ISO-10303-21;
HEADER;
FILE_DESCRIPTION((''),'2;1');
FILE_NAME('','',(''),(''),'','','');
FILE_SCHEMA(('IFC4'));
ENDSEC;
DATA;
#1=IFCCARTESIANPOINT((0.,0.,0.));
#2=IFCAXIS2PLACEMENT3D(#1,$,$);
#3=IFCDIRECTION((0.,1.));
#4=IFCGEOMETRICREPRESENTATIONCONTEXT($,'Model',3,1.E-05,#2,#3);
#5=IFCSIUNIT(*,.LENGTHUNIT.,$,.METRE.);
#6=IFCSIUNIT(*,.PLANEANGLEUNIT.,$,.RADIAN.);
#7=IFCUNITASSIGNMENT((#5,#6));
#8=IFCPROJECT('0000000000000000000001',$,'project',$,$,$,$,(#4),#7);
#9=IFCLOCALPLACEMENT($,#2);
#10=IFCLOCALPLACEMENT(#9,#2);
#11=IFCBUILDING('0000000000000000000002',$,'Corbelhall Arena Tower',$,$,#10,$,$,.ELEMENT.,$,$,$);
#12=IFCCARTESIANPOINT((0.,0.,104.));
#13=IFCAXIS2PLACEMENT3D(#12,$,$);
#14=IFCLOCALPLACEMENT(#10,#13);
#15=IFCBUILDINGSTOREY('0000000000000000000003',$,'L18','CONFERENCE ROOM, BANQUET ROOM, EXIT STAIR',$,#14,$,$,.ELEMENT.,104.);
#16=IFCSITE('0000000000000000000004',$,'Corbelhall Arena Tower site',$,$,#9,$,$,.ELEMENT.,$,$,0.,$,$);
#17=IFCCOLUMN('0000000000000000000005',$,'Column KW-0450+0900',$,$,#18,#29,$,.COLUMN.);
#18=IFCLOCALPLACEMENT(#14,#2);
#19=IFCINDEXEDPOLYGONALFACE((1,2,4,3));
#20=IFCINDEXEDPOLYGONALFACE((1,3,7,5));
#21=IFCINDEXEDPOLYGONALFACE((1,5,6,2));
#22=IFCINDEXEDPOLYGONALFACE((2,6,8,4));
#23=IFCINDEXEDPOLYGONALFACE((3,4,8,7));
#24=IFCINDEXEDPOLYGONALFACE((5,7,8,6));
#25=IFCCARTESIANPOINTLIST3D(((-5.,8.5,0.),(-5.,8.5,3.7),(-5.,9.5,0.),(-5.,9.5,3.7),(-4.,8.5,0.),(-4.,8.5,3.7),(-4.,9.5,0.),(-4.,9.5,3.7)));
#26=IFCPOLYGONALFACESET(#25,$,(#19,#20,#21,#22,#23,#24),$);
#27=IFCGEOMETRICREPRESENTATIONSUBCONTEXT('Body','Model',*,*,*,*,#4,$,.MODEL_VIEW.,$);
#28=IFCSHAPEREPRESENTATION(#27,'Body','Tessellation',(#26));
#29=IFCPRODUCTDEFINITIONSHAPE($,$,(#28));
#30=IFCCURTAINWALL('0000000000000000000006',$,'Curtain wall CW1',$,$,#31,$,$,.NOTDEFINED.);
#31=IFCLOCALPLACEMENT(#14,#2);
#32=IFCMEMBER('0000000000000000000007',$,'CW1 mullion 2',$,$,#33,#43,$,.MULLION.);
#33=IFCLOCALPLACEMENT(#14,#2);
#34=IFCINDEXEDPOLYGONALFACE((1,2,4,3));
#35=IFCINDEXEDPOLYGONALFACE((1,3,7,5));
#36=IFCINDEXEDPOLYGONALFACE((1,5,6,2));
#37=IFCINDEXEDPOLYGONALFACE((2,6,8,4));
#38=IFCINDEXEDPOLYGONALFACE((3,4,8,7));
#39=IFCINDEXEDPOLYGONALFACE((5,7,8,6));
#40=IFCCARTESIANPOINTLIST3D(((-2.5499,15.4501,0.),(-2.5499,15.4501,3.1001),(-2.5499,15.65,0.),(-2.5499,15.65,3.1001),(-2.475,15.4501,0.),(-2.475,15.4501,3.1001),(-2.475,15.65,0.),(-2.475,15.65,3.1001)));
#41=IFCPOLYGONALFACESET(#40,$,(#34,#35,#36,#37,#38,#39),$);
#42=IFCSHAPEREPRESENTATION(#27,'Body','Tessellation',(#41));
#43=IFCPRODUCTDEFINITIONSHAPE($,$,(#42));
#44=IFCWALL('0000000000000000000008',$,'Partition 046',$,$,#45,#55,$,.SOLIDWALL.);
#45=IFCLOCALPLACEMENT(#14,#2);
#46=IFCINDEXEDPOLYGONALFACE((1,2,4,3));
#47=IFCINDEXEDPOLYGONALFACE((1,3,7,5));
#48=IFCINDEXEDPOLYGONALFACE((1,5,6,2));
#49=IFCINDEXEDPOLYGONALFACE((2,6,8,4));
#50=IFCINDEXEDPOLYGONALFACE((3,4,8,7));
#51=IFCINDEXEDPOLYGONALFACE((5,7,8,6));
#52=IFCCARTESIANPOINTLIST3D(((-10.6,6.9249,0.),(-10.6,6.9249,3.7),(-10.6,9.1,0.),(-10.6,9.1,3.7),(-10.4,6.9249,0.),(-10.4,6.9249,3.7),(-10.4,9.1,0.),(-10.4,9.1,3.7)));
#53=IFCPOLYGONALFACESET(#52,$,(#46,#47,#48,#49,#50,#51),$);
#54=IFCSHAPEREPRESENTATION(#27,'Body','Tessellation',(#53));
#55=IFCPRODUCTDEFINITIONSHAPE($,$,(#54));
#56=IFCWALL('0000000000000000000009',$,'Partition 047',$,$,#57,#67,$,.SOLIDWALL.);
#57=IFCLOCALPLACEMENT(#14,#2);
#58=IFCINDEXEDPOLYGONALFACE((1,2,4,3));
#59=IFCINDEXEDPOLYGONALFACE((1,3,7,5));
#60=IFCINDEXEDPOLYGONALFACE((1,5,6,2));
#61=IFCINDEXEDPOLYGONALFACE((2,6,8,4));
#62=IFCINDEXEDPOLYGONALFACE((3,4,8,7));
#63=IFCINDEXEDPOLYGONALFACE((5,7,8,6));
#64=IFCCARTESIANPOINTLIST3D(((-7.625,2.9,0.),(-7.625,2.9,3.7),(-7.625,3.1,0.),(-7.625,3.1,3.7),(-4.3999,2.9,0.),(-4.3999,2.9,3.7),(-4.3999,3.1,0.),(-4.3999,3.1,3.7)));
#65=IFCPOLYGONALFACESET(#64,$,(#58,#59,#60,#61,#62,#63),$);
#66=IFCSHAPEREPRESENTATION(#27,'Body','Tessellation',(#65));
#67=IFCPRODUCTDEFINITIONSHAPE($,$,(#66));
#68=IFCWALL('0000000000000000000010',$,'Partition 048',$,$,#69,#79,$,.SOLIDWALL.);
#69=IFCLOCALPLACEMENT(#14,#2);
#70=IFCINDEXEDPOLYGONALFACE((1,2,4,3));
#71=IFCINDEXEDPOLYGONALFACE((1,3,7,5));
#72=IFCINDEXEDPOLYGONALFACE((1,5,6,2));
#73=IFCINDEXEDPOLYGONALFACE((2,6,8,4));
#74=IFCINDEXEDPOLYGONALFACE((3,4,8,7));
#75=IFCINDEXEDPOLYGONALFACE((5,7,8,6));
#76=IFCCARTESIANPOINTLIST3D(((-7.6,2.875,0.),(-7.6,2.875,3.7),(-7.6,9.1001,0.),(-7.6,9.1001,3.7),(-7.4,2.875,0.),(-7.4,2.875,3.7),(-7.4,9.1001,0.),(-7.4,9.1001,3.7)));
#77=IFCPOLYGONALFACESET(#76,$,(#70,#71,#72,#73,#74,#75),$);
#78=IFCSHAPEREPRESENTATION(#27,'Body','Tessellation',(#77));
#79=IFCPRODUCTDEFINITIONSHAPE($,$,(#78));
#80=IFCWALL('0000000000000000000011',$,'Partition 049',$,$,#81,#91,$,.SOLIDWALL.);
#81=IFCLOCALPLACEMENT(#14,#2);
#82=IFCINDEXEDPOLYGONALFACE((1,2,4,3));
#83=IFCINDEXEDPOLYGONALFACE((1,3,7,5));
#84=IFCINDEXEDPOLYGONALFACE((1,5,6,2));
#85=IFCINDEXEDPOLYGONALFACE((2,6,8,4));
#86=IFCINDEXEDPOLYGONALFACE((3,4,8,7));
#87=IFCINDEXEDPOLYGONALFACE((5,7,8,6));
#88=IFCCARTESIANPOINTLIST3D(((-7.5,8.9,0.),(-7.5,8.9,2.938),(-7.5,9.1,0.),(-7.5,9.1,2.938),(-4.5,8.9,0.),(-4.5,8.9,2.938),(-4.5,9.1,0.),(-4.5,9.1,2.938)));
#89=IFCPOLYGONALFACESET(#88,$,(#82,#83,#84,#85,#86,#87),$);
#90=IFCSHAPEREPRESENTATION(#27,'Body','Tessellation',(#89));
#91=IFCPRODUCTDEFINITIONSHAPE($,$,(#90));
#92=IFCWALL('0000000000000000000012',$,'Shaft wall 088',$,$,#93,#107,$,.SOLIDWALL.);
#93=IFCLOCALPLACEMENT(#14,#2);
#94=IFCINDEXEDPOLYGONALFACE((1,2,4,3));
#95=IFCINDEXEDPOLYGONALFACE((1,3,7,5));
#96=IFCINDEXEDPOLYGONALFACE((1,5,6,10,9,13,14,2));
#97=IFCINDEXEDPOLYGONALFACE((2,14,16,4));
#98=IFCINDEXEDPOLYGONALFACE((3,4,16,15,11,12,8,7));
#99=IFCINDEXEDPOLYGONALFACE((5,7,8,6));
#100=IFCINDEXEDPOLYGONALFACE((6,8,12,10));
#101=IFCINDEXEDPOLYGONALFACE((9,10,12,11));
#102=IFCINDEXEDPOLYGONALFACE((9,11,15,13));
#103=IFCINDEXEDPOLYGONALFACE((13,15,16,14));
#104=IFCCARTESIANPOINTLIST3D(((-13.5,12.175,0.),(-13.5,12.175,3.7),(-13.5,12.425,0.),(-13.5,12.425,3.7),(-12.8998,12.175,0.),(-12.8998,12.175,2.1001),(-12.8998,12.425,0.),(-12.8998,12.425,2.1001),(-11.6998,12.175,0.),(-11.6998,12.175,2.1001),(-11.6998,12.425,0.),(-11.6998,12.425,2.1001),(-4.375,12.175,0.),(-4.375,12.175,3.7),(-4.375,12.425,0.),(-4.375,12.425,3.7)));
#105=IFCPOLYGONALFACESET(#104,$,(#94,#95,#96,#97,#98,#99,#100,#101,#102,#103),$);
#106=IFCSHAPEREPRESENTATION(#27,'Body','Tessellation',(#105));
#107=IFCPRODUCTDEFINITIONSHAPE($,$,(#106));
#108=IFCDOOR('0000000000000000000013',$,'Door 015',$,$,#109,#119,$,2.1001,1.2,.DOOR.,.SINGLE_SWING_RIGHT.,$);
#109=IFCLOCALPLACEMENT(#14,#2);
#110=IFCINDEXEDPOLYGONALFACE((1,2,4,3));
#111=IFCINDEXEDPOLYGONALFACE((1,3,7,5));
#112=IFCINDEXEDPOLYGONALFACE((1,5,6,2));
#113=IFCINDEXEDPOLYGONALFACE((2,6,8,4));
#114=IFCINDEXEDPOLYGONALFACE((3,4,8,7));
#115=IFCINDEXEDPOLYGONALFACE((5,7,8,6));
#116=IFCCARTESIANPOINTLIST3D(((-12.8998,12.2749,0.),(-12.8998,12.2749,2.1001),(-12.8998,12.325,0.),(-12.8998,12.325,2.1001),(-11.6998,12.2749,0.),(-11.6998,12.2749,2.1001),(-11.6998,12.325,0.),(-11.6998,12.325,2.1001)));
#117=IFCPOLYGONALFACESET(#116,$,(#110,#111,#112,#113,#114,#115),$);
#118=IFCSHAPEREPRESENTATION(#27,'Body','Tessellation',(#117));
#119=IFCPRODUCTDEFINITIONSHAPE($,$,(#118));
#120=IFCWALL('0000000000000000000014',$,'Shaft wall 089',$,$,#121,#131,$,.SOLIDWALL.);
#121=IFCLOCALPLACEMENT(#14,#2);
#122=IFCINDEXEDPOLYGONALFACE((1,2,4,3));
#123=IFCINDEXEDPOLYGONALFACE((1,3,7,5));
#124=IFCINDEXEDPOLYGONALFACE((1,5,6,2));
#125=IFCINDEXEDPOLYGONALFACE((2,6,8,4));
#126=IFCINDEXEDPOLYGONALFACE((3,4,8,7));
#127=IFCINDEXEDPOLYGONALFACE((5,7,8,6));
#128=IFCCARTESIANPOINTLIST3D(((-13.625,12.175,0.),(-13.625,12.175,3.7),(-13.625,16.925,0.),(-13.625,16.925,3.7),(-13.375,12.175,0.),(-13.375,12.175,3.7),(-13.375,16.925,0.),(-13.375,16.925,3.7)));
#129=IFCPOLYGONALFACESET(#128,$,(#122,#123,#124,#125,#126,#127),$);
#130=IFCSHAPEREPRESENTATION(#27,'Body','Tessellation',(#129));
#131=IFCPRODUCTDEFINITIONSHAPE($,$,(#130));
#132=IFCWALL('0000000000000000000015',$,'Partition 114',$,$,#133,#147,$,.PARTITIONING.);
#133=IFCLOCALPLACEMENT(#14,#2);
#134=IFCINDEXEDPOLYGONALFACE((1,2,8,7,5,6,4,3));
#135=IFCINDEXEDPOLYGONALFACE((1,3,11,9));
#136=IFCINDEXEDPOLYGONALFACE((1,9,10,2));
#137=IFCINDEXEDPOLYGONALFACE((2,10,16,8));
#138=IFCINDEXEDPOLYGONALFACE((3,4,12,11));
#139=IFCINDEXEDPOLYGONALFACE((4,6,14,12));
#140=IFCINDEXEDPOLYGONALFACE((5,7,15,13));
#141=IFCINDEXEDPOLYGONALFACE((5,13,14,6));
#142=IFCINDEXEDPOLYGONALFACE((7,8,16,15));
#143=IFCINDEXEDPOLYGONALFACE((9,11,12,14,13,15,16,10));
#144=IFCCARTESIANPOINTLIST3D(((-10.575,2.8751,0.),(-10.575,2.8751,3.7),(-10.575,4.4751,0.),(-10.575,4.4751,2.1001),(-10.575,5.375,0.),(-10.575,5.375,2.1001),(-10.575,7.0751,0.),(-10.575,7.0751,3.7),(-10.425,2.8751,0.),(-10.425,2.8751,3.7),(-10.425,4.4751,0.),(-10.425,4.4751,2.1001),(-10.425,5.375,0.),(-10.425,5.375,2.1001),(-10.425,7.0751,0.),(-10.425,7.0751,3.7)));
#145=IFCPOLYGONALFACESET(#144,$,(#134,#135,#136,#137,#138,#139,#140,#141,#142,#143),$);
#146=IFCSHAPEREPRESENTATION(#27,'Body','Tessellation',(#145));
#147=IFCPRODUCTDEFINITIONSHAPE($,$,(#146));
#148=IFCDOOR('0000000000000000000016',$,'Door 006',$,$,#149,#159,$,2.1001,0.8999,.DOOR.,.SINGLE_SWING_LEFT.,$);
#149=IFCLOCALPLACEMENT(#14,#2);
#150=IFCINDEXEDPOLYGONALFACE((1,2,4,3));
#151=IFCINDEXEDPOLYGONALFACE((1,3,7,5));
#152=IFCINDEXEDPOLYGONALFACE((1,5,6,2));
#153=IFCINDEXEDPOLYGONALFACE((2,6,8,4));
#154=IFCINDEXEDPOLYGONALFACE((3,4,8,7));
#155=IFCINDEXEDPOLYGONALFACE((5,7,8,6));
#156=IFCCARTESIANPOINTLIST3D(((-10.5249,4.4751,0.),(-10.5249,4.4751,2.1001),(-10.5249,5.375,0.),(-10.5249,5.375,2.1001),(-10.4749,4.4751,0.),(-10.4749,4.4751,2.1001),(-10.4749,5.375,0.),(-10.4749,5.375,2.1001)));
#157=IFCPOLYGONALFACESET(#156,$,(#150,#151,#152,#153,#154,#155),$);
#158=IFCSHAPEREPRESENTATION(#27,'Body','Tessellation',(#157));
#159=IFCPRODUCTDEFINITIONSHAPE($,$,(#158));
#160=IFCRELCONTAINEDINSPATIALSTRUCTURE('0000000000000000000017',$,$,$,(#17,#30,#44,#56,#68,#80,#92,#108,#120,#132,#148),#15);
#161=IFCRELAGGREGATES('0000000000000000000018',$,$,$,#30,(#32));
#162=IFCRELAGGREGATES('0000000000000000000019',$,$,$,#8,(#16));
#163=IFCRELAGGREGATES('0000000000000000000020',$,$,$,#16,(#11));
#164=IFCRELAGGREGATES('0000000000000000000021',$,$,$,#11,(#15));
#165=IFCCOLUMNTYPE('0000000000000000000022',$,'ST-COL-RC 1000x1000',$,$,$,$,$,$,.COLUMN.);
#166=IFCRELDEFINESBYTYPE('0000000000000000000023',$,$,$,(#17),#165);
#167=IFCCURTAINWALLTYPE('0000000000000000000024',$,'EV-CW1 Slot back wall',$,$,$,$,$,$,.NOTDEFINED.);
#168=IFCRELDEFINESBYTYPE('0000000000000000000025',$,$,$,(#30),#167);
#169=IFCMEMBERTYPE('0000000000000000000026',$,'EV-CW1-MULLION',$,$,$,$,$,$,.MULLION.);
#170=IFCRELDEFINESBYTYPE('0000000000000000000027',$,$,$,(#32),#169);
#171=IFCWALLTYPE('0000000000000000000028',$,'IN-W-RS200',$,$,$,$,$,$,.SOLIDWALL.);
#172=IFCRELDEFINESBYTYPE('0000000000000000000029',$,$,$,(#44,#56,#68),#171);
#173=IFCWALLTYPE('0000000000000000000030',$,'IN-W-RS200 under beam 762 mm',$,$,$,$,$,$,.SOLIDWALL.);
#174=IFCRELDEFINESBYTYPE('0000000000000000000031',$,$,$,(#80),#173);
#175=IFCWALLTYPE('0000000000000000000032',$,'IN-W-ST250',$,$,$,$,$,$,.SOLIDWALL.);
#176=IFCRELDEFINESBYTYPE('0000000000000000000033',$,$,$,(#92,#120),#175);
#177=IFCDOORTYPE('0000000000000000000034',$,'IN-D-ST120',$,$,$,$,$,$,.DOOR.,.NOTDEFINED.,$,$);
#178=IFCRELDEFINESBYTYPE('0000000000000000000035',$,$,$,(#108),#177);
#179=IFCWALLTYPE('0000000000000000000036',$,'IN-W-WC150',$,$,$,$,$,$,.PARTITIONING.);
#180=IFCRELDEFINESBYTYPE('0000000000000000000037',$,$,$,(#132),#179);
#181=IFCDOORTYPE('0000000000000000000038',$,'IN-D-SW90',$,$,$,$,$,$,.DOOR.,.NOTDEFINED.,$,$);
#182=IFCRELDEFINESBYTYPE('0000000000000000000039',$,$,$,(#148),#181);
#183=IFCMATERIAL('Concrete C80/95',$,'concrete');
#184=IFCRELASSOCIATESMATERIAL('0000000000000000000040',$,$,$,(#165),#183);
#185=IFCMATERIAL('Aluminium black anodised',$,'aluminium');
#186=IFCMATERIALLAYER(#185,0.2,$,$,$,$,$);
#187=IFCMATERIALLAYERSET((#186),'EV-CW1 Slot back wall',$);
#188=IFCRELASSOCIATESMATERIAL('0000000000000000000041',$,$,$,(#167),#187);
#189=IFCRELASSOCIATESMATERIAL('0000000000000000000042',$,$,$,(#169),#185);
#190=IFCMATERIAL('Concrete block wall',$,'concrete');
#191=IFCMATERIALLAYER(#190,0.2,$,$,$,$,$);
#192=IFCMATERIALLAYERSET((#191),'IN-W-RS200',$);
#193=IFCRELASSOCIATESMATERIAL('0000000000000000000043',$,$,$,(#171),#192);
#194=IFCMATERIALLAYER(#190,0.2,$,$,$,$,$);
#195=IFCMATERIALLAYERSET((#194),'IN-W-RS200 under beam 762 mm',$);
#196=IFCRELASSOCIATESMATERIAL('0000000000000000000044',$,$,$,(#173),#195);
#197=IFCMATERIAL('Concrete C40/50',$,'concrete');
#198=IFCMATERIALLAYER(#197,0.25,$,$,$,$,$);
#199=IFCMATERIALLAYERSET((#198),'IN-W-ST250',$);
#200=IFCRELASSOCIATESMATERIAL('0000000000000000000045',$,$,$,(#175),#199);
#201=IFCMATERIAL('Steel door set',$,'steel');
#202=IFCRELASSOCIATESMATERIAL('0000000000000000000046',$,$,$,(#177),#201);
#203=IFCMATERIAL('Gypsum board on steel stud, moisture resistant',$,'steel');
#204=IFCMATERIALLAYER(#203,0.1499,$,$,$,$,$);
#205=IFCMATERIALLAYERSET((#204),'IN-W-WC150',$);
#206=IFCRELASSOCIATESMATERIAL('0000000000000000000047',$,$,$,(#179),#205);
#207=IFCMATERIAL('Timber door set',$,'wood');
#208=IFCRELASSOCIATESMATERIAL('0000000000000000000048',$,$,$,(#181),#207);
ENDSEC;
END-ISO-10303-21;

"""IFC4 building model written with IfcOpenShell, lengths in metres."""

from ifc_helpers import new_model, si_unit, direction, frame, frame_2d, origin, origin_2d, place, context, subcontext, project, spatial, rectangle, extrude, material, layer, layer_set, material_profile, profile_set, type_object, element, fill, aggregate, save


model = new_model("IFC4")

# Units and contexts
model_context = context("Model", 3, precision=1e-05, world=origin(), true_north=direction((0.0, 1.0)))
body_context = subcontext(model_context, "Body", "Model", "MODEL_VIEW")
ifc_project = project(units=[si_unit("LENGTHUNIT", "METRE"), si_unit("PLANEANGLEUNIT", "RADIAN")], contexts=[model_context])

# Site, building, storey
site_placement = place(None, origin())
site = spatial("IfcSite", under=ifc_project, at=site_placement, Name="Corbelhall Arena Tower site", CompositionType="ELEMENT", RefElevation=0.0)
building_placement = place(site_placement, origin())
building = spatial("IfcBuilding", under=site, at=building_placement, Name="Corbelhall Arena Tower", CompositionType="ELEMENT")
storey_placement = place(building_placement, frame((0.0, 0.0, 104.0)))
storey = spatial("IfcBuildingStorey", under=building, at=storey_placement, Name="L18", Description="CONFERENCE ROOM, BANQUET ROOM, EXIT STAIR", CompositionType="ELEMENT", Elevation=104.0)

# Column
ifc_material_1 = material(Name="Concrete C80/95", Category="concrete")
ifc_material_profile_1 = material_profile(ifc_material_1, rectangle(XDim=1.0, YDim=1.0, at=origin_2d()))
ifc_profile_set_1 = profile_set([ifc_material_profile_1], Name="Concrete C80/95")
column_type = type_object("IfcColumnType", Name="ST-COL-RC 1000x1000", PredefinedType="COLUMN", material=ifc_profile_set_1)
column_placement = place(storey_placement, frame((-4.5, 9.0, 0.0), z_axis=(0.0, 0.0, 1.0), x_axis=(1.0, 0.0, 0.0)))
element("IfcColumn", 1, at=column_placement, inside=storey, type_object=column_type, Name="Column KW-0450+0900", PredefinedType="COLUMN", context=body_context, shape_type="SweptSolid", body=[
    extrude(rectangle(XDim=1.0, YDim=1.0, at=origin_2d()), origin(), (0.0, 0.0, 1.0), 3.7),
])

# Curtain wall, member
ifc_material_2 = material(Name="Aluminium black anodised", Category="aluminium")
ifc_layer_1 = layer(ifc_material_2, 0.2)
ifc_layer_set_1 = layer_set([ifc_layer_1], Name="EV-CW1 Slot back wall")
curtain_wall_type = type_object("IfcCurtainWallType", Name="EV-CW1 Slot back wall", PredefinedType="NOTDEFINED", material=ifc_layer_set_1)
curtain_wall_placement = place(storey_placement, origin())
curtain_wall = element("IfcCurtainWall", 2, at=curtain_wall_placement, inside=storey, type_object=curtain_wall_type, Name="Curtain wall CW1", PredefinedType="NOTDEFINED")
ifc_material_profile_2 = material_profile(ifc_material_2, rectangle(XDim=0.2, YDim=0.075, at=origin_2d()))
ifc_profile_set_2 = profile_set([ifc_material_profile_2], Name="Aluminium black anodised")
member_type = type_object("IfcMemberType", Name="EV-CW1-MULLION", PredefinedType="MULLION", material=ifc_profile_set_2)
member_placement = place(storey_placement, frame((-2.5125, 15.55, 0.0), z_axis=(0.0, 0.0, 1.0), x_axis=(0.0, -1.0, 0.0)))
member = element("IfcMember", 3, at=member_placement, type_object=member_type, Name="CW1 mullion 2", PredefinedType="MULLION", context=body_context, shape_type="SweptSolid", body=[
    extrude(rectangle(XDim=0.2, YDim=0.075, at=origin_2d()), origin(), (0.0, 0.0, 1.0), 3.1001),
])
aggregate(curtain_wall, [member])

# Walls
ifc_material_3 = material(Name="Concrete block wall", Category="concrete")
ifc_layer_2 = layer(ifc_material_3, 0.2)
ifc_layer_set_2 = layer_set([ifc_layer_2], Name="IN-W-RS200")
wall_type_1 = type_object("IfcWallType", Name="IN-W-RS200", PredefinedType="SOLIDWALL", material=ifc_layer_set_2)
wall_1_placement = place(storey_placement, frame((-10.5, 6.925, 0.0), z_axis=(0.0, 0.0, 1.0), x_axis=(0.0, 1.0, 0.0)))
element("IfcWall", 4, at=wall_1_placement, inside=storey, type_object=wall_type_1, Name="Partition 046", PredefinedType="SOLIDWALL", context=body_context, shape_type="SweptSolid", body=[
    extrude(rectangle(XDim=2.175, YDim=0.2, at=frame_2d((1.0874, 0.0))), origin(), (0.0, 0.0, 1.0), 3.7),
])
wall_2_placement = place(storey_placement, frame((-7.625, 3.0, 0.0), z_axis=(0.0, 0.0, 1.0), x_axis=(1.0, 0.0, 0.0)))
element("IfcWall", 5, at=wall_2_placement, inside=storey, type_object=wall_type_1, Name="Partition 047", PredefinedType="SOLIDWALL", context=body_context, shape_type="SweptSolid", body=[
    extrude(rectangle(XDim=3.2251, YDim=0.2, at=frame_2d((1.6125, 0.0))), origin(), (0.0, 0.0, 1.0), 3.7),
])
wall_3_placement = place(storey_placement, frame((-7.5, 2.875, 0.0), z_axis=(0.0, 0.0, 1.0), x_axis=(0.0, 1.0, 0.0)))
element("IfcWall", 6, at=wall_3_placement, inside=storey, type_object=wall_type_1, Name="Partition 048", PredefinedType="SOLIDWALL", context=body_context, shape_type="SweptSolid", body=[
    extrude(rectangle(XDim=6.2251, YDim=0.2, at=frame_2d((3.1125, 0.0))), origin(), (0.0, 0.0, 1.0), 3.7),
])

# Shared definitions
ifc_layer_3 = layer(ifc_material_3, 0.2)
ifc_layer_set_3 = layer_set([ifc_layer_3], Name="IN-W-RS200 under beam 762 mm")
wall_type_2 = type_object("IfcWallType", Name="IN-W-RS200 under beam 762 mm", PredefinedType="SOLIDWALL", material=ifc_layer_set_3)
ifc_material_4 = material(Name="Steel door set", Category="steel")

# Wall
wall_4_placement = place(storey_placement, frame((-7.5, 9.0, 0.0), z_axis=(0.0, 0.0, 1.0), x_axis=(1.0, 0.0, 0.0)))
element("IfcWall", 7, at=wall_4_placement, inside=storey, type_object=wall_type_2, Name="Partition 049", PredefinedType="SOLIDWALL", context=body_context, shape_type="SweptSolid", body=[
    extrude(rectangle(XDim=3.0, YDim=0.2, at=frame_2d((1.5, 0.0))), origin(), (0.0, 0.0, 1.0), 2.938),
])

# Wall, opening, door
ifc_material_5 = material(Name="Concrete C40/50", Category="concrete")
ifc_layer_4 = layer(ifc_material_5, 0.25)
ifc_layer_set_4 = layer_set([ifc_layer_4], Name="IN-W-ST250")
wall_type_3 = type_object("IfcWallType", Name="IN-W-ST250", PredefinedType="SOLIDWALL", material=ifc_layer_set_4)
wall_5_placement = place(storey_placement, frame((-13.5, 12.3, 0.0), z_axis=(0.0, 0.0, 1.0), x_axis=(1.0, 0.0, 0.0)))
wall_5 = element("IfcWall", 8, at=wall_5_placement, inside=storey, type_object=wall_type_3, Name="Shaft wall 088", PredefinedType="SOLIDWALL", context=body_context, shape_type="SweptSolid", body=[
    extrude(rectangle(XDim=9.125, YDim=0.25, at=frame_2d((4.5625, 0.0))), origin(), (0.0, 0.0, 1.0), 3.7),
])
opening_1_placement = place(wall_5_placement, frame((0.6001, 0.0, 0.0)))
opening_1 = element("IfcOpeningElement", 9, at=opening_1_placement, cuts=wall_5, PredefinedType="OPENING", context=body_context, shape_type="SweptSolid", body=[
    extrude(rectangle(XDim=1.2, YDim=2.1001, at=frame_2d((0.6001, 1.05))), frame((0.0, 0.125, 0.0), z_axis=(0.0, -1.0, 0.0), x_axis=(1.0, 0.0, 0.0)), (0.0, 0.0, 1.0), 0.25),
])
door_type_1 = type_object("IfcDoorType", Name="IN-D-ST120", OperationType="NOTDEFINED", PredefinedType="DOOR", material=ifc_material_4)
door_1_placement = place(opening_1_placement, origin())
door_1 = element("IfcDoor", 10, at=door_1_placement, inside=storey, type_object=door_type_1, Name="Door 015", OperationType="SINGLE_SWING_RIGHT", OverallHeight=2.1001, OverallWidth=1.2, PredefinedType="DOOR", context=body_context, shape_type="SweptSolid", body=[
    extrude(rectangle(XDim=1.2, YDim=2.1001, at=frame_2d((0.6001, 1.05))), frame((0.0, 0.0249, 0.0), z_axis=(0.0, -1.0, 0.0), x_axis=(1.0, 0.0, 0.0)), (0.0, 0.0, 1.0), 0.05),
])
fill(opening_1, door_1)

# Wall
wall_6_placement = place(storey_placement, frame((-13.5, 12.175, 0.0), z_axis=(0.0, 0.0, 1.0), x_axis=(0.0, 1.0, 0.0)))
element("IfcWall", 11, at=wall_6_placement, inside=storey, type_object=wall_type_3, Name="Shaft wall 089", PredefinedType="SOLIDWALL", context=body_context, shape_type="SweptSolid", body=[
    extrude(rectangle(XDim=4.75, YDim=0.25, at=frame_2d((2.375, 0.0))), origin(), (0.0, 0.0, 1.0), 3.7),
])

# Wall, opening, door
ifc_material_6 = material(Name="Gypsum board on steel stud, moisture resistant", Category="steel")
ifc_layer_5 = layer(ifc_material_6, 0.1499)
ifc_layer_set_5 = layer_set([ifc_layer_5], Name="IN-W-WC150")
wall_type_4 = type_object("IfcWallType", Name="IN-W-WC150", PredefinedType="PARTITIONING", material=ifc_layer_set_5)
wall_7_placement = place(storey_placement, frame((-10.5, 2.875, 0.0), z_axis=(0.0, 0.0, 1.0), x_axis=(0.0, 1.0, 0.0)))
wall_7 = element("IfcWall", 12, at=wall_7_placement, inside=storey, type_object=wall_type_4, Name="Partition 114", PredefinedType="PARTITIONING", context=body_context, shape_type="SweptSolid", body=[
    extrude(rectangle(XDim=4.2, YDim=0.1499, at=frame_2d((2.1001, 0.0))), origin(), (0.0, 0.0, 1.0), 3.7),
])
opening_2_placement = place(wall_7_placement, frame((1.6001, 0.0, 0.0)))
opening_2 = element("IfcOpeningElement", 13, at=opening_2_placement, cuts=wall_7, PredefinedType="OPENING", context=body_context, shape_type="SweptSolid", body=[
    extrude(rectangle(XDim=0.8999, YDim=2.1001, at=frame_2d((0.45, 1.05))), frame((0.0, 0.075, 0.0), z_axis=(0.0, -1.0, 0.0), x_axis=(1.0, 0.0, 0.0)), (0.0, 0.0, 1.0), 0.1499),
])
ifc_material_7 = material(Name="Timber door set", Category="wood")
door_type_2 = type_object("IfcDoorType", Name="IN-D-SW90", OperationType="NOTDEFINED", PredefinedType="DOOR", material=ifc_material_7)
door_2_placement = place(opening_2_placement, origin())
door_2 = element("IfcDoor", 14, at=door_2_placement, inside=storey, type_object=door_type_2, Name="Door 006", OperationType="SINGLE_SWING_LEFT", OverallHeight=2.1001, OverallWidth=0.8999, PredefinedType="DOOR", context=body_context, shape_type="SweptSolid", body=[
    extrude(rectangle(XDim=0.8999, YDim=2.1001, at=frame_2d((0.45, 1.05))), frame((0.0, 0.0249, 0.0), z_axis=(0.0, -1.0, 0.0), x_axis=(1.0, 0.0, 0.0)), (0.0, 0.0, 1.0), 0.05),
])
fill(opening_2, door_2)

save(model, "model.ifc")
